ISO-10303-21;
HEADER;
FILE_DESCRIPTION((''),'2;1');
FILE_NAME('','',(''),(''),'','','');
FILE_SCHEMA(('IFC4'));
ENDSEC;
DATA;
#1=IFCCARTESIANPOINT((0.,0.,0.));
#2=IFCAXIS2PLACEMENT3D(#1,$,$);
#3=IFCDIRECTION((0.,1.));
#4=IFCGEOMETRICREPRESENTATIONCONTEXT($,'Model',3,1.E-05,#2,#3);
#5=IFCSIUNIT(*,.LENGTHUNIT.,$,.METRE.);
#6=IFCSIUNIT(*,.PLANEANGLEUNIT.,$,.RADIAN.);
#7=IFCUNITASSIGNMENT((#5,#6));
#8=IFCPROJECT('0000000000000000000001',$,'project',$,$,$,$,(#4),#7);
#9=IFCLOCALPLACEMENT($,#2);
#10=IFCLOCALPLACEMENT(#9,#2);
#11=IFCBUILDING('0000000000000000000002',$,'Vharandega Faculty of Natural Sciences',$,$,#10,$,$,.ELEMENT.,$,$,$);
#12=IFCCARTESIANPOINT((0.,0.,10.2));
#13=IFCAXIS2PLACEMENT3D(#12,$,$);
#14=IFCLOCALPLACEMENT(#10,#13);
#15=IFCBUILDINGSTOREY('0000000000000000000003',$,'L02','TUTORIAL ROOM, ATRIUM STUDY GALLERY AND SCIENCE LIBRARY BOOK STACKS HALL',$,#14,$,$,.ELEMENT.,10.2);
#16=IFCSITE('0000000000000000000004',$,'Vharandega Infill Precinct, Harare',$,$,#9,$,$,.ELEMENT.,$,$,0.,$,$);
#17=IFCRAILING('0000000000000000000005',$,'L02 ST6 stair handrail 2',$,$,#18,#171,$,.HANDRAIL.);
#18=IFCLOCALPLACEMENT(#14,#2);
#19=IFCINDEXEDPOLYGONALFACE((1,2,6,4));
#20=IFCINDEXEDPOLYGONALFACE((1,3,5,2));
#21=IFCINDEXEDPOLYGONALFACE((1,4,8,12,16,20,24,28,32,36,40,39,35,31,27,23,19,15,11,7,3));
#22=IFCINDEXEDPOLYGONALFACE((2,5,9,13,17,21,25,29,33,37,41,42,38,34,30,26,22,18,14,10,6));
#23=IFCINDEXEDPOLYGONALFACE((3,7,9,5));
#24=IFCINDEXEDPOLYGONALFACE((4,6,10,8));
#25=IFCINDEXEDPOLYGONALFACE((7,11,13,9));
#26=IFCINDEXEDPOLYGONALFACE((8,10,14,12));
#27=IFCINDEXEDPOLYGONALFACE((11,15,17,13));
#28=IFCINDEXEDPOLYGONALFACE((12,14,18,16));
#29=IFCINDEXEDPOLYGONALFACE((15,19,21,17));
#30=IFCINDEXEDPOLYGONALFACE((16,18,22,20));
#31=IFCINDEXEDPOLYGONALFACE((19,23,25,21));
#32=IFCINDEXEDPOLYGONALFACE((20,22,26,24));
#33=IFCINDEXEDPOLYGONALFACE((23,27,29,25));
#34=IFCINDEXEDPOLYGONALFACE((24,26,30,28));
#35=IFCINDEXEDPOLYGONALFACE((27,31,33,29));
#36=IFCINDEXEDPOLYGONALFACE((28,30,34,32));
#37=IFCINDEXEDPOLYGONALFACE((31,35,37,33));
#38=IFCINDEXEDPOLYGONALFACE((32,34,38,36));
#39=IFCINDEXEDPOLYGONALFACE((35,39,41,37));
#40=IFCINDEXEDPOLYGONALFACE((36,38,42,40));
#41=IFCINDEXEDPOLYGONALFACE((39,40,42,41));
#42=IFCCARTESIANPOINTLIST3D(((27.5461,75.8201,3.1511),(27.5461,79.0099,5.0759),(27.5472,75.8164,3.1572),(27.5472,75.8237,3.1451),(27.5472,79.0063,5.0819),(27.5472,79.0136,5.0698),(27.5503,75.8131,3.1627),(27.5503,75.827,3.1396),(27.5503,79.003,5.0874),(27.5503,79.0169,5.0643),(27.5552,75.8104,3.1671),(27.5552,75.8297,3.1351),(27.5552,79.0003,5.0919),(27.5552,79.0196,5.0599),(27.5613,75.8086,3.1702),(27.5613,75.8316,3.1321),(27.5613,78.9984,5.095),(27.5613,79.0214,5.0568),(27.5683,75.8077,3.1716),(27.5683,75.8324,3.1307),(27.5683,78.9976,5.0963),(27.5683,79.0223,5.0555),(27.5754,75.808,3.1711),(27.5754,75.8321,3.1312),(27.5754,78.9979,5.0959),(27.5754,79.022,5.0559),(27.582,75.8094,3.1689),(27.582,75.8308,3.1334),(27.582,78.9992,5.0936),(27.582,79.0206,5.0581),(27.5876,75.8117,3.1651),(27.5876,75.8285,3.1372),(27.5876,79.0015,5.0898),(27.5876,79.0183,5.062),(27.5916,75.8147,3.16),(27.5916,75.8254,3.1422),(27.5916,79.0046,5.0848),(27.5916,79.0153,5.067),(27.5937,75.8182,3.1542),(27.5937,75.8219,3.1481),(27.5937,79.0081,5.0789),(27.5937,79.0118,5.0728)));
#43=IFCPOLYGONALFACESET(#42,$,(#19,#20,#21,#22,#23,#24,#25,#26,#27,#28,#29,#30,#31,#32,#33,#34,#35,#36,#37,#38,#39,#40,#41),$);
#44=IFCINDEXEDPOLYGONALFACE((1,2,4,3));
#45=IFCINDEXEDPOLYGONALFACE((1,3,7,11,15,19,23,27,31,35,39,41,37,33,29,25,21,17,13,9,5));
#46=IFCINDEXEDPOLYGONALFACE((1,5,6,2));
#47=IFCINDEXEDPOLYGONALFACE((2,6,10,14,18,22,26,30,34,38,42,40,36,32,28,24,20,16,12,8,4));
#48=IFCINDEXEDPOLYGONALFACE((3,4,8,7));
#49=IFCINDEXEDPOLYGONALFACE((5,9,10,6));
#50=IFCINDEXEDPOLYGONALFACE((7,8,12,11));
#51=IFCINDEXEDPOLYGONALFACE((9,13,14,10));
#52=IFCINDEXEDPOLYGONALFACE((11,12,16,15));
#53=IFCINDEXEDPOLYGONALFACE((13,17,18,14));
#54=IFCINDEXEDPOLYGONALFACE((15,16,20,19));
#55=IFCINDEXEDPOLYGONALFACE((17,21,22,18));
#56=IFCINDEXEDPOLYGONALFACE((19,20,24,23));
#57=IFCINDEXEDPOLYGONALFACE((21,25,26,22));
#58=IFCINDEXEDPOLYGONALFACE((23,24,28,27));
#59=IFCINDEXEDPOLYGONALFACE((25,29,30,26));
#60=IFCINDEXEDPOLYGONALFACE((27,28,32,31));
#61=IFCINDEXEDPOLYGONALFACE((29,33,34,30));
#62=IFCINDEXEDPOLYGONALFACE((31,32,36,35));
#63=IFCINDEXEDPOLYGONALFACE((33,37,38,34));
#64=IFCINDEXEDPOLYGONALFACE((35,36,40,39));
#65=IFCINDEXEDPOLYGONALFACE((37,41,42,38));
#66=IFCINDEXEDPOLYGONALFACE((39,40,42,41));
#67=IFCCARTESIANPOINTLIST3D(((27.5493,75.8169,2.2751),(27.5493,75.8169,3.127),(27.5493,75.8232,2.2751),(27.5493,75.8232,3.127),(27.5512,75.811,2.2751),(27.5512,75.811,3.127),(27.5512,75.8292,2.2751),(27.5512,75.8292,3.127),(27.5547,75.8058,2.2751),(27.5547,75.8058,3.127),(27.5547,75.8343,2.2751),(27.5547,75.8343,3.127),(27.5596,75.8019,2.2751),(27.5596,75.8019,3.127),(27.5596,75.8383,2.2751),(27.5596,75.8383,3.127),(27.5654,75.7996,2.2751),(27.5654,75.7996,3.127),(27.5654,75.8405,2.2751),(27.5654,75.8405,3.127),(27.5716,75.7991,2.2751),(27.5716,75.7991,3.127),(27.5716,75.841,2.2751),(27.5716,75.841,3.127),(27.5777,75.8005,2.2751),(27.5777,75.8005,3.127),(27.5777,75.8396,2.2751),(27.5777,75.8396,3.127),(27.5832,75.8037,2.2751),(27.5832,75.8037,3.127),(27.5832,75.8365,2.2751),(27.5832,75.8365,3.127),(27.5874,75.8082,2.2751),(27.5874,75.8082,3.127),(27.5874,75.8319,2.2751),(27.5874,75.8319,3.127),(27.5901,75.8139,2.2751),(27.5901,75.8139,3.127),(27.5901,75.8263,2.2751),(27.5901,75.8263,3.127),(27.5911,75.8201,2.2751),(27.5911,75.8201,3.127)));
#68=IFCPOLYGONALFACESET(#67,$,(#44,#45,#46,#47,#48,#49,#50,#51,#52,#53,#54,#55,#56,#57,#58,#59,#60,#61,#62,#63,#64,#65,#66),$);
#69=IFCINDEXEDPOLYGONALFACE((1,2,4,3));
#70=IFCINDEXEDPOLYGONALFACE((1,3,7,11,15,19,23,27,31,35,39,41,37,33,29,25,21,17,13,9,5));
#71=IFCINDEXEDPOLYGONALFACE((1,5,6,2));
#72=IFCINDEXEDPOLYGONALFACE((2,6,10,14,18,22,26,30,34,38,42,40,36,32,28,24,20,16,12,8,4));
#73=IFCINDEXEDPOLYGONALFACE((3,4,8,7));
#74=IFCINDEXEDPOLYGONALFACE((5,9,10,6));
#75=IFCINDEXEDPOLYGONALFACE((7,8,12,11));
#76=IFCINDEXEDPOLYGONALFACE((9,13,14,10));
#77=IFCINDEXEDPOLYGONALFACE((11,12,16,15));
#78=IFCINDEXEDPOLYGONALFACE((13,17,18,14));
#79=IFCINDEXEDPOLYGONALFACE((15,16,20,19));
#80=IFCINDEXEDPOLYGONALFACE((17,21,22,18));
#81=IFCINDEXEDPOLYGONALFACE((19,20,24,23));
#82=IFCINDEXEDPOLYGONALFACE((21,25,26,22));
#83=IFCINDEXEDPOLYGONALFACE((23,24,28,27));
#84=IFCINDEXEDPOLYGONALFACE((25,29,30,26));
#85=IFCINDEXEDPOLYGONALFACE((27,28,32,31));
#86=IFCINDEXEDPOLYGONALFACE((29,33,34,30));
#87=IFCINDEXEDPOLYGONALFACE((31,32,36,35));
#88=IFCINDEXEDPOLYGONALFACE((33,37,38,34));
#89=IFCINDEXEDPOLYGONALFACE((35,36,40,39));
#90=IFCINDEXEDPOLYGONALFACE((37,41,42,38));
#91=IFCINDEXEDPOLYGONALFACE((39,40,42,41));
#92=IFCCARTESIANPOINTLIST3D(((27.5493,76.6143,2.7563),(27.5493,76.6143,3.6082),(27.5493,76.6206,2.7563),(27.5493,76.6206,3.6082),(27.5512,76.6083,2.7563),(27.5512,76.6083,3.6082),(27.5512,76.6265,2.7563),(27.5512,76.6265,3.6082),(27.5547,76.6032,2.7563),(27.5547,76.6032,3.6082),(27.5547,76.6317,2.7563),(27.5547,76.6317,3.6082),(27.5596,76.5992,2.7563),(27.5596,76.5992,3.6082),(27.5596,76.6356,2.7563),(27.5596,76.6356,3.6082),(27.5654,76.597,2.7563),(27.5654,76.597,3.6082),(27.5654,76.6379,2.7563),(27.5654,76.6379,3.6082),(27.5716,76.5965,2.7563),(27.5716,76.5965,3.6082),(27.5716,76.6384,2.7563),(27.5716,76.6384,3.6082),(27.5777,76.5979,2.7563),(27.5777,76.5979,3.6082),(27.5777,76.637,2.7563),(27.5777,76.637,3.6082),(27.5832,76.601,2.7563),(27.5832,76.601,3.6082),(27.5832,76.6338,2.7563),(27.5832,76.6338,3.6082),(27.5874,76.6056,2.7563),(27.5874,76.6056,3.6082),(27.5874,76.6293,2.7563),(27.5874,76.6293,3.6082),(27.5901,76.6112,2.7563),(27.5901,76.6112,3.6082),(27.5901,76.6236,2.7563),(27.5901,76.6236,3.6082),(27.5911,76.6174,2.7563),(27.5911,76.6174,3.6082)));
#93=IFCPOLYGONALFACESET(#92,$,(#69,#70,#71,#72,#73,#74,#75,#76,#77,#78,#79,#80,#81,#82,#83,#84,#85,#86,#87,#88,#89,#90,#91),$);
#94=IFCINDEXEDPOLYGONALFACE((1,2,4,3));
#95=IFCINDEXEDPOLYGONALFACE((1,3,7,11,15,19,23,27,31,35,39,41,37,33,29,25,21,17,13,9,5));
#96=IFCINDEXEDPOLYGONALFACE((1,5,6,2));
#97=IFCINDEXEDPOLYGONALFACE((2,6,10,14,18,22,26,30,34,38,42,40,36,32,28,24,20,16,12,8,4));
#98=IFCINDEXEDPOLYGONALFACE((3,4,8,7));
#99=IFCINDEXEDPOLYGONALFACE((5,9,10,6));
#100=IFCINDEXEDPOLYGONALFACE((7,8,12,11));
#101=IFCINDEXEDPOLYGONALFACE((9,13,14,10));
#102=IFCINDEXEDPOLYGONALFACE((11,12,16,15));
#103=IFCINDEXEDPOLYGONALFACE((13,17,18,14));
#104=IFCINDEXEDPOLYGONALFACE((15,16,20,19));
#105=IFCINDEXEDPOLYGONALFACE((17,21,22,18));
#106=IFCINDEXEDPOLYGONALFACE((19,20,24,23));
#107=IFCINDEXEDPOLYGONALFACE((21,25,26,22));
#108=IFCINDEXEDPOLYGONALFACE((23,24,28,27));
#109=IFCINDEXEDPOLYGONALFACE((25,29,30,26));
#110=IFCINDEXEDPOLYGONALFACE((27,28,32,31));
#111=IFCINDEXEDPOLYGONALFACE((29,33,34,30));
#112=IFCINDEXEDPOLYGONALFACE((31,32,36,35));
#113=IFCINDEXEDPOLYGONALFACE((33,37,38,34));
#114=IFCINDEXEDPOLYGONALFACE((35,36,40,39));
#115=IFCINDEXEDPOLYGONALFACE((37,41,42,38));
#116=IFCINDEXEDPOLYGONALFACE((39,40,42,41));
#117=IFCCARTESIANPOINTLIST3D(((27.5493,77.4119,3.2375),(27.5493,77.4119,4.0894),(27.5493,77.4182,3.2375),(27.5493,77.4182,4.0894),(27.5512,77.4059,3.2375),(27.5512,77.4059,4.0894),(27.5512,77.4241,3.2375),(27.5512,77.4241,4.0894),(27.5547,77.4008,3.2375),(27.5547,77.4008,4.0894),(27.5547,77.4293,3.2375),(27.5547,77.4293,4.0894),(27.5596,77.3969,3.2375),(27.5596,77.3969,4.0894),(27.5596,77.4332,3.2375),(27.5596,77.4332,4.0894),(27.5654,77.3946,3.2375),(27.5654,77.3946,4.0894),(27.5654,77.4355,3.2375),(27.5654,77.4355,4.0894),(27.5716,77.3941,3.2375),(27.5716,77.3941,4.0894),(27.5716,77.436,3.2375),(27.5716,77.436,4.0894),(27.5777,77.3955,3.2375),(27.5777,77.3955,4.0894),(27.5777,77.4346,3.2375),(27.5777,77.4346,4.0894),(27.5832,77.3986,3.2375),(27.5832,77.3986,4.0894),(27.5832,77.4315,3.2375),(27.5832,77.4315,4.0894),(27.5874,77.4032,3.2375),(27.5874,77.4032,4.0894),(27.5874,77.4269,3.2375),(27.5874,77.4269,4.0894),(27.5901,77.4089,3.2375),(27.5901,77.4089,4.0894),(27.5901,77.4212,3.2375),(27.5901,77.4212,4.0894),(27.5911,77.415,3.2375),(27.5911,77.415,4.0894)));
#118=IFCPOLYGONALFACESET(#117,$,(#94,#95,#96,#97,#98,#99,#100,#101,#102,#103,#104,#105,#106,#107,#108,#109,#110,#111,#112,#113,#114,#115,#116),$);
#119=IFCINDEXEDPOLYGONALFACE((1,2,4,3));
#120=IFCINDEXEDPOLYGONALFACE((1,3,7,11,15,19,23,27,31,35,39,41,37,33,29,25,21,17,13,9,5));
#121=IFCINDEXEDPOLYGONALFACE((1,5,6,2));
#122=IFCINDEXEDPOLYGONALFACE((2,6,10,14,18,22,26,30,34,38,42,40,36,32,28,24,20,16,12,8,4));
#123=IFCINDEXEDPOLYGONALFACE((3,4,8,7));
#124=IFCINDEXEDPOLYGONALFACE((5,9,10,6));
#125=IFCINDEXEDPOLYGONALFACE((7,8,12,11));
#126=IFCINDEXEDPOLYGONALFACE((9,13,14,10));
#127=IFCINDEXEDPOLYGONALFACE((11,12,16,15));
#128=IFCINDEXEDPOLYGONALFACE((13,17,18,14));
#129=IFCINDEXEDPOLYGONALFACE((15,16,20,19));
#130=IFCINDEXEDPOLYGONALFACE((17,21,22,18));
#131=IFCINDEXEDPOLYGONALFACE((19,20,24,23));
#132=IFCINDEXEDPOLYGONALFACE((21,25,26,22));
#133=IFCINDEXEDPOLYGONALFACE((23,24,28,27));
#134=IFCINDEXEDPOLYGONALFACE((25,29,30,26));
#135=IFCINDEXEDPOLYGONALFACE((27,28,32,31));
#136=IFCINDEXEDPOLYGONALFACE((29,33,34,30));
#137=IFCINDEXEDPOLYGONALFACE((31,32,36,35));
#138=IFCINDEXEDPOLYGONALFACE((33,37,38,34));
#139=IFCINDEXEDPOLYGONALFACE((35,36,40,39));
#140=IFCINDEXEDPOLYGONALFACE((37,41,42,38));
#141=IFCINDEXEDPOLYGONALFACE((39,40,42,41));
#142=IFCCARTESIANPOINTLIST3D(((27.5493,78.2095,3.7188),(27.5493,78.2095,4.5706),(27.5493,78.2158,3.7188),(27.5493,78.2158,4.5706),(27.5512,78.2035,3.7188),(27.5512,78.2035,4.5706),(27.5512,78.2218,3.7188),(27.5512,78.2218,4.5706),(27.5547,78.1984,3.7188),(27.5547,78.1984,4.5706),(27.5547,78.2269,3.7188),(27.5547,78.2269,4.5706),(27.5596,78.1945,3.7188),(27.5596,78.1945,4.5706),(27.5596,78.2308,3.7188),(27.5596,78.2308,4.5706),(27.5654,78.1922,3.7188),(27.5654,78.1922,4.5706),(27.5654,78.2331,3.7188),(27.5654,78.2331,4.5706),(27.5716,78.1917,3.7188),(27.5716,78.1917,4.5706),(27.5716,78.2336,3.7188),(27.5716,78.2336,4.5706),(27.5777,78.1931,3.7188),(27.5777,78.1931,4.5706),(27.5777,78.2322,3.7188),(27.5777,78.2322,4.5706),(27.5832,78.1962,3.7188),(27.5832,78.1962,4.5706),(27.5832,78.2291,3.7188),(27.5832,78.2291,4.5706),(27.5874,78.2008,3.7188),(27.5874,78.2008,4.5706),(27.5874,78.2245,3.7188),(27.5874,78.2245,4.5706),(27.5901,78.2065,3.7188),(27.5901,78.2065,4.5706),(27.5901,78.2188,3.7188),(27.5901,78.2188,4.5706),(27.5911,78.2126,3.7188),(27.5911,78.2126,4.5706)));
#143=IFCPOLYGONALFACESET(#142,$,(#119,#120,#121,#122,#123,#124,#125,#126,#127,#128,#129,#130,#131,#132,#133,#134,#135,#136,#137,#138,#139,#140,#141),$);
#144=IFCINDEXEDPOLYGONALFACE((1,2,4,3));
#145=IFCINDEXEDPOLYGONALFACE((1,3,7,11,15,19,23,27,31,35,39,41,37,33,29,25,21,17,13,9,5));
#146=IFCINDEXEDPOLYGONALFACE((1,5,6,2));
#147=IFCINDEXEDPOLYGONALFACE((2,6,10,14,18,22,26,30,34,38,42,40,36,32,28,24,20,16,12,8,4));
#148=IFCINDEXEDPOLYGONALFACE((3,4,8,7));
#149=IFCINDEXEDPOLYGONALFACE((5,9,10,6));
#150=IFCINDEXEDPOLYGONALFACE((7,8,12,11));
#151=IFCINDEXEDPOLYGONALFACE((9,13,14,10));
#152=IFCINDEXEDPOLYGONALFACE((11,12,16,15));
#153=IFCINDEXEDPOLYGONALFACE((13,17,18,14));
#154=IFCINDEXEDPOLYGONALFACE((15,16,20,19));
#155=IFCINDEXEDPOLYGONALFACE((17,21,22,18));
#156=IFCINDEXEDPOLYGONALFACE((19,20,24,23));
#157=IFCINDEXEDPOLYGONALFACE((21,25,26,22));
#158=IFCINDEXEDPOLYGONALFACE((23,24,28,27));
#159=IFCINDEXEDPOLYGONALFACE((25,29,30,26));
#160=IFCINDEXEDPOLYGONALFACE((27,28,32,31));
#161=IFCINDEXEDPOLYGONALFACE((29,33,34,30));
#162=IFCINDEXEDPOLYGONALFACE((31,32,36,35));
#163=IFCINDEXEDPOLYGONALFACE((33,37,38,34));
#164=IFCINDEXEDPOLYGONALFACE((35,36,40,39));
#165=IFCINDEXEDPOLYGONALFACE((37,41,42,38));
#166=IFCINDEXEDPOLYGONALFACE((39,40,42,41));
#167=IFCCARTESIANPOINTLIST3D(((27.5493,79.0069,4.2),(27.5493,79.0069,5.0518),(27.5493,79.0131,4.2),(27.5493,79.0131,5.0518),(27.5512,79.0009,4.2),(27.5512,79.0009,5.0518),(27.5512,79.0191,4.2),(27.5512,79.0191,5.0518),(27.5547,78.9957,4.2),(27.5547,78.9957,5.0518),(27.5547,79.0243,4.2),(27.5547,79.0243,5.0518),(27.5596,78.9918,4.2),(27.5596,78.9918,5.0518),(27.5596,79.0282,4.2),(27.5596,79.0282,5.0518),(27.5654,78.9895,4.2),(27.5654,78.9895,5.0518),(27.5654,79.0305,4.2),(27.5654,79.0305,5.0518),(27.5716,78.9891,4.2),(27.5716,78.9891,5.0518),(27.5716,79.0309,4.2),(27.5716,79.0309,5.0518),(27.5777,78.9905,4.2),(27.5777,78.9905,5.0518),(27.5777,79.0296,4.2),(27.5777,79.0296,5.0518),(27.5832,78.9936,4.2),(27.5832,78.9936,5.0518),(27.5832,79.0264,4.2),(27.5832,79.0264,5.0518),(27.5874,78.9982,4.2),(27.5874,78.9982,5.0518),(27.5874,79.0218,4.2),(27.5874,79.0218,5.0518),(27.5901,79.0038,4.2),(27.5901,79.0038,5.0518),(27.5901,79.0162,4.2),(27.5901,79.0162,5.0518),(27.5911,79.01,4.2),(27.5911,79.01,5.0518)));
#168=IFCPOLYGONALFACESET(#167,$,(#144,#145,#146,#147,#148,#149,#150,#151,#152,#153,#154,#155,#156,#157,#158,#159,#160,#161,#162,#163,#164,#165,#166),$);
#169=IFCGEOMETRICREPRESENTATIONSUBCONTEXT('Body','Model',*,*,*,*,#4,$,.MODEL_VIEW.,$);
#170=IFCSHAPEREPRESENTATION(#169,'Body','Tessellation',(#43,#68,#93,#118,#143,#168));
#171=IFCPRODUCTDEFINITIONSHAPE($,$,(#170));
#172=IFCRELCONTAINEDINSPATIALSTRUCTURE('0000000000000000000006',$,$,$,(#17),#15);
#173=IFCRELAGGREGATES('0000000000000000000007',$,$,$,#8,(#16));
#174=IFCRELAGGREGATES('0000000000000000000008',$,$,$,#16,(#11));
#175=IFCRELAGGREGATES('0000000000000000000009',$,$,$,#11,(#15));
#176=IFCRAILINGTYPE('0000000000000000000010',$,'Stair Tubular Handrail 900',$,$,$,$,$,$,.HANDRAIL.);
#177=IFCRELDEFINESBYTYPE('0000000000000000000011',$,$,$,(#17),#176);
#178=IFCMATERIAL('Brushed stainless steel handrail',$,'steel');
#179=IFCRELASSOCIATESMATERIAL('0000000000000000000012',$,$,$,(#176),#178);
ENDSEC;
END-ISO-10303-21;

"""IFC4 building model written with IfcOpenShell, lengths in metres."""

from ifc_helpers import new_model, si_unit, direction, frame, origin, origin_2d, place, context, subcontext, project, spatial, circle, extrude, material, type_object, element, save


model = new_model("IFC4")

# Units and contexts
model_context = context("Model", 3, precision=1e-05, world=origin(), true_north=direction((0.0, 1.0)))
body_context = subcontext(model_context, "Body", "Model", "MODEL_VIEW")
ifc_project = project(units=[si_unit("LENGTHUNIT", "METRE"), si_unit("PLANEANGLEUNIT", "RADIAN")], contexts=[model_context])

# Site, building, storey
site_placement = place(None, origin())
site = spatial("IfcSite", under=ifc_project, at=site_placement, Name="Vharandega Infill Precinct, Harare", CompositionType="ELEMENT", RefElevation=0.0)
building_placement = place(site_placement, origin())
building = spatial("IfcBuilding", under=site, at=building_placement, Name="Vharandega Faculty of Natural Sciences", CompositionType="ELEMENT")
storey_placement = place(building_placement, frame((0.0, 0.0, 10.2)))
storey = spatial("IfcBuildingStorey", under=building, at=storey_placement, Name="L02", Description="TUTORIAL ROOM, ATRIUM STUDY GALLERY AND SCIENCE LIBRARY BOOK STACKS HALL", CompositionType="ELEMENT", Elevation=10.2)

# Railing
ifc_material_1 = material(Name="Brushed stainless steel handrail", Category="steel")
railing_type_1 = type_object("IfcRailingType", Name="Stair Tubular Handrail 900", PredefinedType="HANDRAIL", material=ifc_material_1)
railing_1_placement = place(storey_placement, frame((27.5701, 75.8201, 2.2751)))
element("IfcRailing", 1, at=railing_1_placement, inside=storey, type_object=railing_type_1, Name="L02 ST6 stair handrail 2", PredefinedType="HANDRAIL", context=body_context, shape_type="SweptSolid", body=[
    extrude(circle(Radius=0.0239, at=origin_2d()), frame((0.0, 0.0, 0.876), z_axis=(0.0, 0.856207, 0.516633), x_axis=(-1.0, 0.0, 0.0)), (0.0, 0.0, 1.0), 3.7256),
    extrude(circle(Radius=0.021, at=origin_2d()), origin(), (0.0, 0.0, 1.0), 0.8518),
    extrude(circle(Radius=0.021, at=origin_2d()), frame((0.0, 0.7974, 0.4812)), (0.0, 0.0, 1.0), 0.8518),
    extrude(circle(Radius=0.021, at=origin_2d()), frame((0.0, 1.595, 0.9624)), (0.0, 0.0, 1.0), 0.8518),
    extrude(circle(Radius=0.021, at=origin_2d()), frame((0.0, 2.3926, 1.4436)), (0.0, 0.0, 1.0), 0.8518),
    extrude(circle(Radius=0.021, at=origin_2d()), frame((0.0, 3.1899, 1.9248)), (0.0, 0.0, 1.0), 0.8518),
])

save(model, "model.ifc")
